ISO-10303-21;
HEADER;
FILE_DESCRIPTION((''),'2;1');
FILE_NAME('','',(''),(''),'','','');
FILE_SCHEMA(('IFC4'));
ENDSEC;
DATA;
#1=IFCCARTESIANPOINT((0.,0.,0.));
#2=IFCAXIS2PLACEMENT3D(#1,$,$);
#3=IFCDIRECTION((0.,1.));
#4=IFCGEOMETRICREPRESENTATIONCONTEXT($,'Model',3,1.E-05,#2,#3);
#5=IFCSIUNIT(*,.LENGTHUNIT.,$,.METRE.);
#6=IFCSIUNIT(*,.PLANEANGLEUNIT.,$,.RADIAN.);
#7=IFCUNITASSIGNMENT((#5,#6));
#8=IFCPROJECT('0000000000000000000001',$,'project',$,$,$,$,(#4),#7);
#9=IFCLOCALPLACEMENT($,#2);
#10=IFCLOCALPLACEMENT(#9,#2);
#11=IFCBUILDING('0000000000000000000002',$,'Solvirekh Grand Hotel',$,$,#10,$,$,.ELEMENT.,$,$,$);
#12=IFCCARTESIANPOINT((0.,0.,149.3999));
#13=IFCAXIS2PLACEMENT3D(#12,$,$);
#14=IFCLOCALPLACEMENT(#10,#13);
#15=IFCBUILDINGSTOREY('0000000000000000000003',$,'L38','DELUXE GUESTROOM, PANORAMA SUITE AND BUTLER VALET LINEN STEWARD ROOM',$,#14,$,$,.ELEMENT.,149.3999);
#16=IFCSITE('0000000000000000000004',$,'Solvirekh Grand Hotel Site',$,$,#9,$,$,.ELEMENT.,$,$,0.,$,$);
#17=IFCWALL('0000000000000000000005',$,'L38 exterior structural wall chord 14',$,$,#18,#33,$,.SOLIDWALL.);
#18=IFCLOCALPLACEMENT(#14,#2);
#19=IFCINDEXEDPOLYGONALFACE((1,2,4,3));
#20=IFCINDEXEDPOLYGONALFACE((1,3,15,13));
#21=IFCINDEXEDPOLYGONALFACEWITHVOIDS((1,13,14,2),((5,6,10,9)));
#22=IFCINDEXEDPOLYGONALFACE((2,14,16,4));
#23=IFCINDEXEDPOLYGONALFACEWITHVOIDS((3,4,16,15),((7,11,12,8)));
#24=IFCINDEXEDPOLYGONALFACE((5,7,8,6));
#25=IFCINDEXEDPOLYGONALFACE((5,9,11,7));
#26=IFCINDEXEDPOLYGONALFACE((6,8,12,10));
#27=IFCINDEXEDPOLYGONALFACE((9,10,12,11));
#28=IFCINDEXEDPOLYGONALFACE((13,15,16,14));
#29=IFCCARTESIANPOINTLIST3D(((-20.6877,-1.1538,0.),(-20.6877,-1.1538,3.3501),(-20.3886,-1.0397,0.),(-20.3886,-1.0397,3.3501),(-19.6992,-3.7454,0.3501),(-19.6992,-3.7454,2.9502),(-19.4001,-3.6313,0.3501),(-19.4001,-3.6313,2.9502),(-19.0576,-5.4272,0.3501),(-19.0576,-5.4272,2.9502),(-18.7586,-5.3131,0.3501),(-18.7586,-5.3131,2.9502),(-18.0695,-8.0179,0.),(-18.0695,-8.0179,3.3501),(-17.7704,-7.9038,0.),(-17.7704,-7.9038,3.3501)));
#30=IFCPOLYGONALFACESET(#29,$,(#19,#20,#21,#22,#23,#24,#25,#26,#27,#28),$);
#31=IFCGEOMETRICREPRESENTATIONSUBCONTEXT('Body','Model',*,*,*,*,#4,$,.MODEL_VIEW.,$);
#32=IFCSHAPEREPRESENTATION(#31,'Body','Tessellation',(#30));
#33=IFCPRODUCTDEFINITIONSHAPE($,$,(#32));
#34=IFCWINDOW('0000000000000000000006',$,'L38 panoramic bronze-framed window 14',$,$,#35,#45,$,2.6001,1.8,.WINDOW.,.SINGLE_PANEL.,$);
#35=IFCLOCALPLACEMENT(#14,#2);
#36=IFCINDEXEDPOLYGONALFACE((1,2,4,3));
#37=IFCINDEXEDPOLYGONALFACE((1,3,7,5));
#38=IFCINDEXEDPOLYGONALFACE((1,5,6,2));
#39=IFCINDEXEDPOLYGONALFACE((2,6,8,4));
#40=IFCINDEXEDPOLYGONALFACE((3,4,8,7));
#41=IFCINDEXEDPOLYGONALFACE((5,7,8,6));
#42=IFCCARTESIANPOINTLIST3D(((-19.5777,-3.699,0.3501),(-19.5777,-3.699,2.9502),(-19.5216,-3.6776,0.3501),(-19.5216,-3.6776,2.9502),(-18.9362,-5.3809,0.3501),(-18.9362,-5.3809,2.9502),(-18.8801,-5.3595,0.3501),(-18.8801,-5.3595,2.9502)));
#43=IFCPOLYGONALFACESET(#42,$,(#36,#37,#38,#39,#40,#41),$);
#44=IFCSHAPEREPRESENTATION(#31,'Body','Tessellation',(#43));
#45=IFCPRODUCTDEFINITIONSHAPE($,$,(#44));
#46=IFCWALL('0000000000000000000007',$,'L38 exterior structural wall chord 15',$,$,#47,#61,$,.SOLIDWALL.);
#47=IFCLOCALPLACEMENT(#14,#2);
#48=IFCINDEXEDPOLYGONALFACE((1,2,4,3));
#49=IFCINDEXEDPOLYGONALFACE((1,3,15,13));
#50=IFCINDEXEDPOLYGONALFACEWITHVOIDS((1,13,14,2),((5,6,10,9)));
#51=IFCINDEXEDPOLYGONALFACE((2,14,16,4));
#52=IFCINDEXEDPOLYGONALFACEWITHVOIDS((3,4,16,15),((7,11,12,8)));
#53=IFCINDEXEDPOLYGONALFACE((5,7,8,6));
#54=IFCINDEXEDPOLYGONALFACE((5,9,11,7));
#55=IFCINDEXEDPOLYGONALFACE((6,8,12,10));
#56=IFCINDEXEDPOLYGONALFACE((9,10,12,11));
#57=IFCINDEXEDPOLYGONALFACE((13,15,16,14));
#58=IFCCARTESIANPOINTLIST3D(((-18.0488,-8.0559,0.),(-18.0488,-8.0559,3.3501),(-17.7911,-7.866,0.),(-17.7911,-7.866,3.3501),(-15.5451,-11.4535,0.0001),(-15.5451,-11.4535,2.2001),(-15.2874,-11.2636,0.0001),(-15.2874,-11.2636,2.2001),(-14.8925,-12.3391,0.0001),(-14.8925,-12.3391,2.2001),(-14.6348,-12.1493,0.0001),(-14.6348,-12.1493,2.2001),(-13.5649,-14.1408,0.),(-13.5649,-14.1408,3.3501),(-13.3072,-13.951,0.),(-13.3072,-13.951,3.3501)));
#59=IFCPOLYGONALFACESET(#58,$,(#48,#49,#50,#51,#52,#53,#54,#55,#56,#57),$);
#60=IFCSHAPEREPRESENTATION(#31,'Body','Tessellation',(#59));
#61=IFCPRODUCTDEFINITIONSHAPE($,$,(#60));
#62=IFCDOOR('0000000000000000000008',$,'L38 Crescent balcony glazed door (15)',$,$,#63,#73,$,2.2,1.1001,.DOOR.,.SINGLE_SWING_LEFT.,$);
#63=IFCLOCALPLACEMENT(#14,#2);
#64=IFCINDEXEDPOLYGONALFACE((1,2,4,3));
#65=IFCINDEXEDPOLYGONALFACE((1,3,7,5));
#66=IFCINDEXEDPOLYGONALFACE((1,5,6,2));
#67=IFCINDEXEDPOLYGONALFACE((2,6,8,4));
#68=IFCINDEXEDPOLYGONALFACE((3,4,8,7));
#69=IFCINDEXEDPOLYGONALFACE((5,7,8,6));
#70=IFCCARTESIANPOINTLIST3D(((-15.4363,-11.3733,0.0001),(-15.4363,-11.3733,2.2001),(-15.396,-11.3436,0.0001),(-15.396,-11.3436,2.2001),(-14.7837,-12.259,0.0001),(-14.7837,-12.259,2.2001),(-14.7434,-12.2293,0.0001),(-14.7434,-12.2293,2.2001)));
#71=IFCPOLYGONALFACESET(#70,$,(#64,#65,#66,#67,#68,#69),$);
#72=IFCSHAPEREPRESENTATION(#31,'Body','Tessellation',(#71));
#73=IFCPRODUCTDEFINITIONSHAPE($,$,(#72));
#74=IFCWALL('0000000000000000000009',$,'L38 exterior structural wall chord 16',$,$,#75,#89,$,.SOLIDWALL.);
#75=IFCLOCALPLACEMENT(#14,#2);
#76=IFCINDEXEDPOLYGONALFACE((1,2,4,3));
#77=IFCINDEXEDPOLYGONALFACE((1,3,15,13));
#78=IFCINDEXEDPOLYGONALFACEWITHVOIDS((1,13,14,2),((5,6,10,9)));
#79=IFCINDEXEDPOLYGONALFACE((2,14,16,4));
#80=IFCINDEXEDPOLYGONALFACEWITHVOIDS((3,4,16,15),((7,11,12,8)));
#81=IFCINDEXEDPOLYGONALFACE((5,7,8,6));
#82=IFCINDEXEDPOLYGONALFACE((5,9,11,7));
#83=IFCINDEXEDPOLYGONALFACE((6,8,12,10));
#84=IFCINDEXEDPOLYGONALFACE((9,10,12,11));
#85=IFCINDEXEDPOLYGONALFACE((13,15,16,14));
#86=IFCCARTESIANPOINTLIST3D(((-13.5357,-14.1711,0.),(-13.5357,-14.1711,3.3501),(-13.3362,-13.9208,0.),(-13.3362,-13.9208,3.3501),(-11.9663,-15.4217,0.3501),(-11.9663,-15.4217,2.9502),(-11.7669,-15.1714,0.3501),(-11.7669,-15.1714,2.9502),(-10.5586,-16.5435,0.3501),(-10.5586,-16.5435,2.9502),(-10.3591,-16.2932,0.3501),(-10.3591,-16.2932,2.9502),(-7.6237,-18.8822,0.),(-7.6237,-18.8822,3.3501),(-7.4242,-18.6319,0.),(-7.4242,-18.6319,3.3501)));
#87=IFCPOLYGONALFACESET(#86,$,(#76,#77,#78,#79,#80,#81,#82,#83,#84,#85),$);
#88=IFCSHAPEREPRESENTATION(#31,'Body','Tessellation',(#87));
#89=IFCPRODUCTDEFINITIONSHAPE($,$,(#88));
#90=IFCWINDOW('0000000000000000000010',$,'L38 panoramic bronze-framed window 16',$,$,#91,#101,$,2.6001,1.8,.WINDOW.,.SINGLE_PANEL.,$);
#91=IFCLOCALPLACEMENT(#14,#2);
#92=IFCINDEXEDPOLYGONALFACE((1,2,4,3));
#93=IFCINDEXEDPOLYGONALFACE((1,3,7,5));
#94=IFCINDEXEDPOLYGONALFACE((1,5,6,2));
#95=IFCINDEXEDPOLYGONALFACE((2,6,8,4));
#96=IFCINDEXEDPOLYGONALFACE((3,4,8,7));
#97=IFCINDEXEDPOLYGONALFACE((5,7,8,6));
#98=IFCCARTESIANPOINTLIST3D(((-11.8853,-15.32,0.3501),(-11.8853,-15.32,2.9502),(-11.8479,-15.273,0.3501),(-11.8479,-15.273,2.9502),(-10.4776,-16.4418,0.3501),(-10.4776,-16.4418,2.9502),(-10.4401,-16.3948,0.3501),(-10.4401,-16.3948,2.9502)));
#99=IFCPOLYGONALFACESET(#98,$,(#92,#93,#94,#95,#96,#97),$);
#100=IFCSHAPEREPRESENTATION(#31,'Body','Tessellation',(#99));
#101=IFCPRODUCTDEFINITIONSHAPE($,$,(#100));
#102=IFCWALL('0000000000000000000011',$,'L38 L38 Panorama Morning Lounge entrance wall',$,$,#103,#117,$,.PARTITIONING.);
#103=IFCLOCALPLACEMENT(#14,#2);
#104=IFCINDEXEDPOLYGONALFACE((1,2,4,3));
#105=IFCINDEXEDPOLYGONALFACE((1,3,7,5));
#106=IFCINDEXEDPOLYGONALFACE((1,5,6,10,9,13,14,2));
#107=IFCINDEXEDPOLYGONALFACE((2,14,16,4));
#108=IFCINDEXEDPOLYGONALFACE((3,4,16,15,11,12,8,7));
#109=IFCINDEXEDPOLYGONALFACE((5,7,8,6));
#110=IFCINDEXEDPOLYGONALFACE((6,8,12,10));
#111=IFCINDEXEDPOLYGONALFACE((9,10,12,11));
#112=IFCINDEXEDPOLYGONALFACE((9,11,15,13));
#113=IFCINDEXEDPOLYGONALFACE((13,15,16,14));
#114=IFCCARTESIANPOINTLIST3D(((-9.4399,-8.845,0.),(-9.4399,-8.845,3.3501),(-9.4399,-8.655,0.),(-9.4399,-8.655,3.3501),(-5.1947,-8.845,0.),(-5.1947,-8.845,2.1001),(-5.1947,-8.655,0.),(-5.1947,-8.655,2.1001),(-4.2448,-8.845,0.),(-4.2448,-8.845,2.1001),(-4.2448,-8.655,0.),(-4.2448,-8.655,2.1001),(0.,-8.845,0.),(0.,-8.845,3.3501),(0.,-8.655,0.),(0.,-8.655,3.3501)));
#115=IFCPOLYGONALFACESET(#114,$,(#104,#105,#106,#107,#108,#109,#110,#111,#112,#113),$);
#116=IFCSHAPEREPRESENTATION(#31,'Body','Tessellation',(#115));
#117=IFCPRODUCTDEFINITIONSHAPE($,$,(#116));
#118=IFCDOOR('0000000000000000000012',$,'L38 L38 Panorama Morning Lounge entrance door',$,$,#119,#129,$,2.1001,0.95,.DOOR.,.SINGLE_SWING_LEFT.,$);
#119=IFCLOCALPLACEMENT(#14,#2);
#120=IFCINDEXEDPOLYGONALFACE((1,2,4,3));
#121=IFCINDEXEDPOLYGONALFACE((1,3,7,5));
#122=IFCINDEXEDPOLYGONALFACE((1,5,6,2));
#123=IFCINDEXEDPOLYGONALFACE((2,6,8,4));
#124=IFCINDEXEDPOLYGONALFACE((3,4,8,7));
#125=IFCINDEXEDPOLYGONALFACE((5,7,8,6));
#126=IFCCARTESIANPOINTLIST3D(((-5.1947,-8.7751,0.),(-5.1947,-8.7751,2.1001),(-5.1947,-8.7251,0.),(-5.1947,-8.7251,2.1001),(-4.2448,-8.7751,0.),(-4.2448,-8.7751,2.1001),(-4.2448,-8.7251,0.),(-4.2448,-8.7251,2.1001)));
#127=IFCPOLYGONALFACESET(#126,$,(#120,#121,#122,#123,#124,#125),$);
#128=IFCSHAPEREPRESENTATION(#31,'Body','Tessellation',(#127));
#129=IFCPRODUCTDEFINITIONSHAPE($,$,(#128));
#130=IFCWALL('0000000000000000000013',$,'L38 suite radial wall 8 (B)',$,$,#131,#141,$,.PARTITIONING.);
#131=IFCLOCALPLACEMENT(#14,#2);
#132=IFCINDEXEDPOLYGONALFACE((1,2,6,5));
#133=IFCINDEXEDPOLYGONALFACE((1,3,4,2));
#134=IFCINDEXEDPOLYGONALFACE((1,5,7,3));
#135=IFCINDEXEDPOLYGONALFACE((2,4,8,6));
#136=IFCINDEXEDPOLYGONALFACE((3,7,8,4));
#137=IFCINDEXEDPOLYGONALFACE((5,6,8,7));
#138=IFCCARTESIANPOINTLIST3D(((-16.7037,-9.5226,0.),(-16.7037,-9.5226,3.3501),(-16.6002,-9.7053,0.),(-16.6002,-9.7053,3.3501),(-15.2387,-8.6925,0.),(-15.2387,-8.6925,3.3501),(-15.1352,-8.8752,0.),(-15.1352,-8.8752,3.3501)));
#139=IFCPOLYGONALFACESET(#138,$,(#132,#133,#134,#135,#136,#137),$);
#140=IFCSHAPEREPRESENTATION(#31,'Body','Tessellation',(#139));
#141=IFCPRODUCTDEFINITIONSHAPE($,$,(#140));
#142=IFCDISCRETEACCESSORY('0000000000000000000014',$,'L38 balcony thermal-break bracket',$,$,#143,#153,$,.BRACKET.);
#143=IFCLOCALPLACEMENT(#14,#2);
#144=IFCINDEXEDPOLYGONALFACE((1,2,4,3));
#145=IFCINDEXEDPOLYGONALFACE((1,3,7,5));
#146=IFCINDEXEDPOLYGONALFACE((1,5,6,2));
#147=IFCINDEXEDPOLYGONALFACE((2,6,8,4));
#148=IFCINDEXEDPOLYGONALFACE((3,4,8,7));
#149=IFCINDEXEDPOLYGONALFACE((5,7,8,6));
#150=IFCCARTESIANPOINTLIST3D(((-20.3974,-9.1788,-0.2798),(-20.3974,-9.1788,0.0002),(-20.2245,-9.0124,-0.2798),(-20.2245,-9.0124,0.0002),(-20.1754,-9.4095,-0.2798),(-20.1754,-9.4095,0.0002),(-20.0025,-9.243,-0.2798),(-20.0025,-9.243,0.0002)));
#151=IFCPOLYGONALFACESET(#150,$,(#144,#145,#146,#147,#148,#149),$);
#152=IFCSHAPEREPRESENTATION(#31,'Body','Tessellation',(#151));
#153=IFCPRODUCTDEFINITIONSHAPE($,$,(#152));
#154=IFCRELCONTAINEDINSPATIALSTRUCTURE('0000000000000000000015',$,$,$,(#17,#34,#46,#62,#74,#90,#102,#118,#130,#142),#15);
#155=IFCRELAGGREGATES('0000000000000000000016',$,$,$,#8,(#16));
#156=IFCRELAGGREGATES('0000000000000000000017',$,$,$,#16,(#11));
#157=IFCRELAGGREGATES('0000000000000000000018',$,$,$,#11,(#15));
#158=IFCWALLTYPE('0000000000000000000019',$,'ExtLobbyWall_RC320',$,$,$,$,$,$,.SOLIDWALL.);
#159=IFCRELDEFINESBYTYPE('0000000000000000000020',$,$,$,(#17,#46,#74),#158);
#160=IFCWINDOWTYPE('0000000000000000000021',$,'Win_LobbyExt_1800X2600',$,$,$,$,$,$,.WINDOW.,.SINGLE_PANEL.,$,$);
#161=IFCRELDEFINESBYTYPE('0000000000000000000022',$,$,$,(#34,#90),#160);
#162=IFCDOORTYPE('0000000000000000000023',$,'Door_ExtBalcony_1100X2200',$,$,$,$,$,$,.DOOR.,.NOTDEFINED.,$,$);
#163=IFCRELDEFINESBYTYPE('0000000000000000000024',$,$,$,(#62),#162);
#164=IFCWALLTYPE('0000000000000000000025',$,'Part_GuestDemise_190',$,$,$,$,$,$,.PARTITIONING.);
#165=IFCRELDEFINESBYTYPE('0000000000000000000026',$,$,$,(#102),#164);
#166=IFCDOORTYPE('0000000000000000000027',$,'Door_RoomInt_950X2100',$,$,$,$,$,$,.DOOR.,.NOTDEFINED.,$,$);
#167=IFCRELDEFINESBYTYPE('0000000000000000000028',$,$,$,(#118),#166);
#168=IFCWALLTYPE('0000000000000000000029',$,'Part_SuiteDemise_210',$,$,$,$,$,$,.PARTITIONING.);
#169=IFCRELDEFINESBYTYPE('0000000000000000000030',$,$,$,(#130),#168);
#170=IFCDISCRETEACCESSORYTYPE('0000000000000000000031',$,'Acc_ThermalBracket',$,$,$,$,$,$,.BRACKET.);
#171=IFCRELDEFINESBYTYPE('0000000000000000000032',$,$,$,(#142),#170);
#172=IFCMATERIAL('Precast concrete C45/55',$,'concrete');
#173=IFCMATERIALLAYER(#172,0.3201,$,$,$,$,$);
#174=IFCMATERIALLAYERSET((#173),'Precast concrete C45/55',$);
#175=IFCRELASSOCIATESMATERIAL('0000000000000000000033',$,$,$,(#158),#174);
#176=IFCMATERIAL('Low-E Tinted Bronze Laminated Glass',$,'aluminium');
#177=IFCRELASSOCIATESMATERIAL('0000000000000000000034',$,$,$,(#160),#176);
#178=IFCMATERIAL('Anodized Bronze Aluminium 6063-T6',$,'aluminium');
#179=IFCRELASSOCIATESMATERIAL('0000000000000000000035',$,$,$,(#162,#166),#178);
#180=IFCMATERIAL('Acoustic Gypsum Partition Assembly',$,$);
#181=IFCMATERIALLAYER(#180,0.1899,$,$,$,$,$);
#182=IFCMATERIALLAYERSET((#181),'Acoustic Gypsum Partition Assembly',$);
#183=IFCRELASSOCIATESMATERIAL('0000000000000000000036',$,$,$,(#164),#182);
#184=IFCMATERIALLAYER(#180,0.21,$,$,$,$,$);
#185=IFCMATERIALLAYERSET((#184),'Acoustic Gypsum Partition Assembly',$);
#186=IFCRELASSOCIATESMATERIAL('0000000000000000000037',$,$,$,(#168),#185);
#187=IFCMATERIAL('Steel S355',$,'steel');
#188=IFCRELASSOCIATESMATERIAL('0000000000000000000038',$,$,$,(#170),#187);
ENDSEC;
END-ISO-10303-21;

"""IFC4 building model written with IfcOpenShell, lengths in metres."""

from ifc_helpers import new_model, si_unit, direction, frame, frame_2d, origin, origin_2d, place, context, subcontext, project, spatial, rectangle, extrude, material, layer, layer_set, type_object, element, fill, save


model = new_model("IFC4")

# Units and contexts
model_context = context("Model", 3, precision=1e-05, world=origin(), true_north=direction((0.0, 1.0)))
body_context = subcontext(model_context, "Body", "Model", "MODEL_VIEW")
ifc_project = project(units=[si_unit("LENGTHUNIT", "METRE"), si_unit("PLANEANGLEUNIT", "RADIAN")], contexts=[model_context])

# Site, building, storey
site_placement = place(None, origin())
site = spatial("IfcSite", under=ifc_project, at=site_placement, Name="Solvirekh Grand Hotel Site", CompositionType="ELEMENT", RefElevation=0.0)
building_placement = place(site_placement, origin())
building = spatial("IfcBuilding", under=site, at=building_placement, Name="Solvirekh Grand Hotel", CompositionType="ELEMENT")
storey_placement = place(building_placement, frame((0.0, 0.0, 149.3999)))
storey = spatial("IfcBuildingStorey", under=building, at=storey_placement, Name="L38", Description="DELUXE GUESTROOM, PANORAMA SUITE AND BUTLER VALET LINEN STEWARD ROOM", CompositionType="ELEMENT", Elevation=149.3999)

# Shared definitions
ifc_material_1 = material(Name="Steel S355", Category="steel")

# Wall, opening, window
ifc_material_2 = material(Name="Precast concrete C45/55", Category="concrete")
ifc_layer_1 = layer(ifc_material_2, 0.3201)
ifc_layer_set_1 = layer_set([ifc_layer_1], Name="Precast concrete C45/55")
wall_type_1 = type_object("IfcWallType", Name="ExtLobbyWall_RC320", PredefinedType="SOLIDWALL", material=ifc_layer_set_1)
wall_1_placement = place(storey_placement, frame((-17.9199, -7.9609, 0.0), z_axis=(0.0, 0.0, 1.0), x_axis=(-0.356388, 0.934338, 0.0)))
wall_1 = element("IfcWall", 1, at=wall_1_placement, inside=storey, type_object=wall_type_1, Name="L38 exterior structural wall chord 14", PredefinedType="SOLIDWALL", context=body_context, shape_type="SweptSolid", body=[
    extrude(rectangle(XDim=7.3464, YDim=0.3201, at=frame_2d((3.6733, 0.0))), origin(), (0.0, 0.0, 1.0), 3.3501),
])
opening_1_placement = place(wall_1_placement, frame((2.7729, 0.0, 0.3501)))
opening_1 = element("IfcOpeningElement", 2, at=opening_1_placement, cuts=wall_1, PredefinedType="OPENING", context=body_context, shape_type="SweptSolid", body=[
    extrude(rectangle(XDim=1.8, YDim=2.6001, at=frame_2d((0.8999, 1.3))), frame((0.0, 0.1699, 0.0), z_axis=(0.0, -1.0, 0.0), x_axis=(1.0, 0.0, 0.0)), (0.0, 0.0, 1.0), 0.3401),
])
ifc_material_3 = material(Name="Low-E Tinted Bronze Laminated Glass", Category="aluminium")
window_type = type_object("IfcWindowType", Name="Win_LobbyExt_1800X2600", PartitioningType="SINGLE_PANEL", PredefinedType="WINDOW", material=ifc_material_3)
window_1_placement = place(opening_1_placement, origin())
window_1 = element("IfcWindow", 3, at=window_1_placement, inside=storey, type_object=window_type, Name="L38 panoramic bronze-framed window 14", OverallHeight=2.6001, OverallWidth=1.8, PartitioningType="SINGLE_PANEL", PredefinedType="WINDOW", context=body_context, shape_type="SweptSolid", body=[
    extrude(rectangle(XDim=1.8, YDim=2.6001, at=frame_2d((0.8999, 1.3))), frame((0.0, 0.03, 0.0), z_axis=(0.0, -1.0, 0.0), x_axis=(1.0, 0.0, 0.0)), (0.0, 0.0, 1.0), 0.0601),
])
fill(opening_1, window_1)

# Wall, opening, door
wall_2_placement = place(storey_placement, frame((-13.436, -14.0459, 0.0), z_axis=(0.0, 0.0, 1.0), x_axis=(-0.593219, 0.805041, 0.0)))
wall_2 = element("IfcWall", 4, at=wall_2_placement, inside=storey, type_object=wall_type_1, Name="L38 exterior structural wall chord 15", PredefinedType="SOLIDWALL", context=body_context, shape_type="SweptSolid", body=[
    extrude(rectangle(XDim=7.5586, YDim=0.3201, at=frame_2d((3.7793, 0.0))), origin(), (0.0, 0.0, 1.0), 3.3501),
])
opening_2_placement = place(wall_2_placement, frame((2.238, 0.0, 0.0)))
opening_2 = element("IfcOpeningElement", 5, at=opening_2_placement, cuts=wall_2, PredefinedType="OPENING", context=body_context, shape_type="SweptSolid", body=[
    extrude(rectangle(XDim=1.1001, YDim=2.2, at=frame_2d((0.55, 1.1001))), frame((0.0, 0.1699, 0.0), z_axis=(0.0, -1.0, 0.0), x_axis=(1.0, 0.0, 0.0)), (0.0, 0.0, 1.0), 0.3401),
])
ifc_material_4 = material(Name="Anodized Bronze Aluminium 6063-T6", Category="aluminium")
door_type_1 = type_object("IfcDoorType", Name="Door_ExtBalcony_1100X2200", OperationType="NOTDEFINED", PredefinedType="DOOR", material=ifc_material_4)
door_1_placement = place(opening_2_placement, origin())
door_1 = element("IfcDoor", 6, at=door_1_placement, inside=storey, type_object=door_type_1, Name="L38 Crescent balcony glazed door (15)", OperationType="SINGLE_SWING_LEFT", OverallHeight=2.2, OverallWidth=1.1001, PredefinedType="DOOR", context=body_context, shape_type="SweptSolid", body=[
    extrude(rectangle(XDim=1.1001, YDim=2.2, at=frame_2d((0.55, 1.1001))), frame((0.0, 0.0249, 0.0), z_axis=(0.0, -1.0, 0.0), x_axis=(1.0, 0.0, 0.0)), (0.0, 0.0, 1.0), 0.05),
])
fill(opening_2, door_1)

# Wall, opening, window
wall_3_placement = place(storey_placement, frame((-7.5239, -18.7571, 0.0), z_axis=(0.0, 0.0, 1.0), x_axis=(-0.782062, 0.623201, 0.0)))
wall_3 = element("IfcWall", 7, at=wall_3_placement, inside=storey, type_object=wall_type_1, Name="L38 exterior structural wall chord 16", PredefinedType="SOLIDWALL", context=body_context, shape_type="SweptSolid", body=[
    extrude(rectangle(XDim=7.5596, YDim=0.3201, at=frame_2d((3.7798, 0.0))), origin(), (0.0, 0.0, 1.0), 3.3501),
])
opening_3_placement = place(wall_3_placement, frame((3.7529, 0.0, 0.3501)))
opening_3 = element("IfcOpeningElement", 8, at=opening_3_placement, cuts=wall_3, PredefinedType="OPENING", context=body_context, shape_type="SweptSolid", body=[
    extrude(rectangle(XDim=1.8, YDim=2.6001, at=frame_2d((0.8999, 1.3))), frame((0.0, 0.1699, 0.0), z_axis=(0.0, -1.0, 0.0), x_axis=(1.0, 0.0, 0.0)), (0.0, 0.0, 1.0), 0.3401),
])
window_2_placement = place(opening_3_placement, origin())
window_2 = element("IfcWindow", 9, at=window_2_placement, inside=storey, type_object=window_type, Name="L38 panoramic bronze-framed window 16", OverallHeight=2.6001, OverallWidth=1.8, PartitioningType="SINGLE_PANEL", PredefinedType="WINDOW", context=body_context, shape_type="SweptSolid", body=[
    extrude(rectangle(XDim=1.8, YDim=2.6001, at=frame_2d((0.8999, 1.3))), frame((0.0, 0.03, 0.0), z_axis=(0.0, -1.0, 0.0), x_axis=(1.0, 0.0, 0.0)), (0.0, 0.0, 1.0), 0.0601),
])
fill(opening_3, window_2)

# Wall, opening, door
ifc_material_5 = material(Name="Acoustic Gypsum Partition Assembly")
ifc_layer_2 = layer(ifc_material_5, 0.1899)
ifc_layer_set_2 = layer_set([ifc_layer_2], Name="Acoustic Gypsum Partition Assembly")
wall_type_2 = type_object("IfcWallType", Name="Part_GuestDemise_190", PredefinedType="PARTITIONING", material=ifc_layer_set_2)
wall_4_placement = place(storey_placement, frame((-9.4399, -8.75, 0.0), z_axis=(0.0, 0.0, 1.0), x_axis=(1.0, 0.0, 0.0)))
wall_4 = element("IfcWall", 10, at=wall_4_placement, inside=storey, type_object=wall_type_2, Name="L38 L38 Panorama Morning Lounge entrance wall", PredefinedType="PARTITIONING", context=body_context, shape_type="SweptSolid", body=[
    extrude(rectangle(XDim=9.4399, YDim=0.1899, at=frame_2d((4.72, 0.0))), origin(), (0.0, 0.0, 1.0), 3.3501),
])
opening_4_placement = place(wall_4_placement, frame((4.2451, 0.0, 0.0)))
opening_4 = element("IfcOpeningElement", 11, at=opening_4_placement, cuts=wall_4, PredefinedType="OPENING", context=body_context, shape_type="SweptSolid", body=[
    extrude(rectangle(XDim=0.95, YDim=2.1001, at=frame_2d((0.4751, 1.05))), frame((0.0, 0.105, 0.0), z_axis=(0.0, -1.0, 0.0), x_axis=(1.0, 0.0, 0.0)), (0.0, 0.0, 1.0), 0.21),
])
door_type_2 = type_object("IfcDoorType", Name="Door_RoomInt_950X2100", OperationType="NOTDEFINED", PredefinedType="DOOR", material=ifc_material_4)
door_2_placement = place(opening_4_placement, origin())
door_2 = element("IfcDoor", 12, at=door_2_placement, inside=storey, type_object=door_type_2, Name="L38 L38 Panorama Morning Lounge entrance door", OperationType="SINGLE_SWING_LEFT", OverallHeight=2.1001, OverallWidth=0.95, PredefinedType="DOOR", context=body_context, shape_type="SweptSolid", body=[
    extrude(rectangle(XDim=0.95, YDim=2.1001, at=frame_2d((0.4751, 1.05))), frame((0.0, 0.0249, 0.0), z_axis=(0.0, -1.0, 0.0), x_axis=(1.0, 0.0, 0.0)), (0.0, 0.0, 1.0), 0.05),
])
fill(opening_4, door_2)

# Wall
ifc_layer_3 = layer(ifc_material_5, 0.21)
ifc_layer_set_3 = layer_set([ifc_layer_3], Name="Acoustic Gypsum Partition Assembly")
wall_type_3 = type_object("IfcWallType", Name="Part_SuiteDemise_210", PredefinedType="PARTITIONING", material=ifc_layer_set_3)
wall_5_placement = place(storey_placement, frame((-15.187, -8.7839, 0.0), z_axis=(0.0, 0.0, 1.0), x_axis=(-0.870057, -0.49295, 0.0)))
element("IfcWall", 13, at=wall_5_placement, inside=storey, type_object=wall_type_3, Name="L38 suite radial wall 8 (B)", PredefinedType="PARTITIONING", context=body_context, shape_type="SweptSolid", body=[
    extrude(rectangle(XDim=1.6838, YDim=0.21, at=frame_2d((0.8418, 0.0))), origin(), (0.0, 0.0, 1.0), 3.3501),
])

# Discrete accessory
discrete_accessory_type = type_object("IfcDiscreteAccessoryType", Name="Acc_ThermalBracket", PredefinedType="BRACKET", material=ifc_material_1)
discrete_accessory_placement = place(storey_placement, frame((-20.2, -9.2109, -0.2798), z_axis=(0.0, 0.0, 1.0), x_axis=(0.693402, -0.720551, 0.0)))
element("IfcDiscreteAccessory", 14, at=discrete_accessory_placement, inside=storey, type_object=discrete_accessory_type, Name="L38 balcony thermal-break bracket", PredefinedType="BRACKET", context=body_context, shape_type="SweptSolid", body=[
    extrude(rectangle(XDim=0.3201, YDim=0.24, at=origin_2d()), origin(), (0.0, 0.0, 1.0), 0.28),
])

save(model, "model.ifc")
